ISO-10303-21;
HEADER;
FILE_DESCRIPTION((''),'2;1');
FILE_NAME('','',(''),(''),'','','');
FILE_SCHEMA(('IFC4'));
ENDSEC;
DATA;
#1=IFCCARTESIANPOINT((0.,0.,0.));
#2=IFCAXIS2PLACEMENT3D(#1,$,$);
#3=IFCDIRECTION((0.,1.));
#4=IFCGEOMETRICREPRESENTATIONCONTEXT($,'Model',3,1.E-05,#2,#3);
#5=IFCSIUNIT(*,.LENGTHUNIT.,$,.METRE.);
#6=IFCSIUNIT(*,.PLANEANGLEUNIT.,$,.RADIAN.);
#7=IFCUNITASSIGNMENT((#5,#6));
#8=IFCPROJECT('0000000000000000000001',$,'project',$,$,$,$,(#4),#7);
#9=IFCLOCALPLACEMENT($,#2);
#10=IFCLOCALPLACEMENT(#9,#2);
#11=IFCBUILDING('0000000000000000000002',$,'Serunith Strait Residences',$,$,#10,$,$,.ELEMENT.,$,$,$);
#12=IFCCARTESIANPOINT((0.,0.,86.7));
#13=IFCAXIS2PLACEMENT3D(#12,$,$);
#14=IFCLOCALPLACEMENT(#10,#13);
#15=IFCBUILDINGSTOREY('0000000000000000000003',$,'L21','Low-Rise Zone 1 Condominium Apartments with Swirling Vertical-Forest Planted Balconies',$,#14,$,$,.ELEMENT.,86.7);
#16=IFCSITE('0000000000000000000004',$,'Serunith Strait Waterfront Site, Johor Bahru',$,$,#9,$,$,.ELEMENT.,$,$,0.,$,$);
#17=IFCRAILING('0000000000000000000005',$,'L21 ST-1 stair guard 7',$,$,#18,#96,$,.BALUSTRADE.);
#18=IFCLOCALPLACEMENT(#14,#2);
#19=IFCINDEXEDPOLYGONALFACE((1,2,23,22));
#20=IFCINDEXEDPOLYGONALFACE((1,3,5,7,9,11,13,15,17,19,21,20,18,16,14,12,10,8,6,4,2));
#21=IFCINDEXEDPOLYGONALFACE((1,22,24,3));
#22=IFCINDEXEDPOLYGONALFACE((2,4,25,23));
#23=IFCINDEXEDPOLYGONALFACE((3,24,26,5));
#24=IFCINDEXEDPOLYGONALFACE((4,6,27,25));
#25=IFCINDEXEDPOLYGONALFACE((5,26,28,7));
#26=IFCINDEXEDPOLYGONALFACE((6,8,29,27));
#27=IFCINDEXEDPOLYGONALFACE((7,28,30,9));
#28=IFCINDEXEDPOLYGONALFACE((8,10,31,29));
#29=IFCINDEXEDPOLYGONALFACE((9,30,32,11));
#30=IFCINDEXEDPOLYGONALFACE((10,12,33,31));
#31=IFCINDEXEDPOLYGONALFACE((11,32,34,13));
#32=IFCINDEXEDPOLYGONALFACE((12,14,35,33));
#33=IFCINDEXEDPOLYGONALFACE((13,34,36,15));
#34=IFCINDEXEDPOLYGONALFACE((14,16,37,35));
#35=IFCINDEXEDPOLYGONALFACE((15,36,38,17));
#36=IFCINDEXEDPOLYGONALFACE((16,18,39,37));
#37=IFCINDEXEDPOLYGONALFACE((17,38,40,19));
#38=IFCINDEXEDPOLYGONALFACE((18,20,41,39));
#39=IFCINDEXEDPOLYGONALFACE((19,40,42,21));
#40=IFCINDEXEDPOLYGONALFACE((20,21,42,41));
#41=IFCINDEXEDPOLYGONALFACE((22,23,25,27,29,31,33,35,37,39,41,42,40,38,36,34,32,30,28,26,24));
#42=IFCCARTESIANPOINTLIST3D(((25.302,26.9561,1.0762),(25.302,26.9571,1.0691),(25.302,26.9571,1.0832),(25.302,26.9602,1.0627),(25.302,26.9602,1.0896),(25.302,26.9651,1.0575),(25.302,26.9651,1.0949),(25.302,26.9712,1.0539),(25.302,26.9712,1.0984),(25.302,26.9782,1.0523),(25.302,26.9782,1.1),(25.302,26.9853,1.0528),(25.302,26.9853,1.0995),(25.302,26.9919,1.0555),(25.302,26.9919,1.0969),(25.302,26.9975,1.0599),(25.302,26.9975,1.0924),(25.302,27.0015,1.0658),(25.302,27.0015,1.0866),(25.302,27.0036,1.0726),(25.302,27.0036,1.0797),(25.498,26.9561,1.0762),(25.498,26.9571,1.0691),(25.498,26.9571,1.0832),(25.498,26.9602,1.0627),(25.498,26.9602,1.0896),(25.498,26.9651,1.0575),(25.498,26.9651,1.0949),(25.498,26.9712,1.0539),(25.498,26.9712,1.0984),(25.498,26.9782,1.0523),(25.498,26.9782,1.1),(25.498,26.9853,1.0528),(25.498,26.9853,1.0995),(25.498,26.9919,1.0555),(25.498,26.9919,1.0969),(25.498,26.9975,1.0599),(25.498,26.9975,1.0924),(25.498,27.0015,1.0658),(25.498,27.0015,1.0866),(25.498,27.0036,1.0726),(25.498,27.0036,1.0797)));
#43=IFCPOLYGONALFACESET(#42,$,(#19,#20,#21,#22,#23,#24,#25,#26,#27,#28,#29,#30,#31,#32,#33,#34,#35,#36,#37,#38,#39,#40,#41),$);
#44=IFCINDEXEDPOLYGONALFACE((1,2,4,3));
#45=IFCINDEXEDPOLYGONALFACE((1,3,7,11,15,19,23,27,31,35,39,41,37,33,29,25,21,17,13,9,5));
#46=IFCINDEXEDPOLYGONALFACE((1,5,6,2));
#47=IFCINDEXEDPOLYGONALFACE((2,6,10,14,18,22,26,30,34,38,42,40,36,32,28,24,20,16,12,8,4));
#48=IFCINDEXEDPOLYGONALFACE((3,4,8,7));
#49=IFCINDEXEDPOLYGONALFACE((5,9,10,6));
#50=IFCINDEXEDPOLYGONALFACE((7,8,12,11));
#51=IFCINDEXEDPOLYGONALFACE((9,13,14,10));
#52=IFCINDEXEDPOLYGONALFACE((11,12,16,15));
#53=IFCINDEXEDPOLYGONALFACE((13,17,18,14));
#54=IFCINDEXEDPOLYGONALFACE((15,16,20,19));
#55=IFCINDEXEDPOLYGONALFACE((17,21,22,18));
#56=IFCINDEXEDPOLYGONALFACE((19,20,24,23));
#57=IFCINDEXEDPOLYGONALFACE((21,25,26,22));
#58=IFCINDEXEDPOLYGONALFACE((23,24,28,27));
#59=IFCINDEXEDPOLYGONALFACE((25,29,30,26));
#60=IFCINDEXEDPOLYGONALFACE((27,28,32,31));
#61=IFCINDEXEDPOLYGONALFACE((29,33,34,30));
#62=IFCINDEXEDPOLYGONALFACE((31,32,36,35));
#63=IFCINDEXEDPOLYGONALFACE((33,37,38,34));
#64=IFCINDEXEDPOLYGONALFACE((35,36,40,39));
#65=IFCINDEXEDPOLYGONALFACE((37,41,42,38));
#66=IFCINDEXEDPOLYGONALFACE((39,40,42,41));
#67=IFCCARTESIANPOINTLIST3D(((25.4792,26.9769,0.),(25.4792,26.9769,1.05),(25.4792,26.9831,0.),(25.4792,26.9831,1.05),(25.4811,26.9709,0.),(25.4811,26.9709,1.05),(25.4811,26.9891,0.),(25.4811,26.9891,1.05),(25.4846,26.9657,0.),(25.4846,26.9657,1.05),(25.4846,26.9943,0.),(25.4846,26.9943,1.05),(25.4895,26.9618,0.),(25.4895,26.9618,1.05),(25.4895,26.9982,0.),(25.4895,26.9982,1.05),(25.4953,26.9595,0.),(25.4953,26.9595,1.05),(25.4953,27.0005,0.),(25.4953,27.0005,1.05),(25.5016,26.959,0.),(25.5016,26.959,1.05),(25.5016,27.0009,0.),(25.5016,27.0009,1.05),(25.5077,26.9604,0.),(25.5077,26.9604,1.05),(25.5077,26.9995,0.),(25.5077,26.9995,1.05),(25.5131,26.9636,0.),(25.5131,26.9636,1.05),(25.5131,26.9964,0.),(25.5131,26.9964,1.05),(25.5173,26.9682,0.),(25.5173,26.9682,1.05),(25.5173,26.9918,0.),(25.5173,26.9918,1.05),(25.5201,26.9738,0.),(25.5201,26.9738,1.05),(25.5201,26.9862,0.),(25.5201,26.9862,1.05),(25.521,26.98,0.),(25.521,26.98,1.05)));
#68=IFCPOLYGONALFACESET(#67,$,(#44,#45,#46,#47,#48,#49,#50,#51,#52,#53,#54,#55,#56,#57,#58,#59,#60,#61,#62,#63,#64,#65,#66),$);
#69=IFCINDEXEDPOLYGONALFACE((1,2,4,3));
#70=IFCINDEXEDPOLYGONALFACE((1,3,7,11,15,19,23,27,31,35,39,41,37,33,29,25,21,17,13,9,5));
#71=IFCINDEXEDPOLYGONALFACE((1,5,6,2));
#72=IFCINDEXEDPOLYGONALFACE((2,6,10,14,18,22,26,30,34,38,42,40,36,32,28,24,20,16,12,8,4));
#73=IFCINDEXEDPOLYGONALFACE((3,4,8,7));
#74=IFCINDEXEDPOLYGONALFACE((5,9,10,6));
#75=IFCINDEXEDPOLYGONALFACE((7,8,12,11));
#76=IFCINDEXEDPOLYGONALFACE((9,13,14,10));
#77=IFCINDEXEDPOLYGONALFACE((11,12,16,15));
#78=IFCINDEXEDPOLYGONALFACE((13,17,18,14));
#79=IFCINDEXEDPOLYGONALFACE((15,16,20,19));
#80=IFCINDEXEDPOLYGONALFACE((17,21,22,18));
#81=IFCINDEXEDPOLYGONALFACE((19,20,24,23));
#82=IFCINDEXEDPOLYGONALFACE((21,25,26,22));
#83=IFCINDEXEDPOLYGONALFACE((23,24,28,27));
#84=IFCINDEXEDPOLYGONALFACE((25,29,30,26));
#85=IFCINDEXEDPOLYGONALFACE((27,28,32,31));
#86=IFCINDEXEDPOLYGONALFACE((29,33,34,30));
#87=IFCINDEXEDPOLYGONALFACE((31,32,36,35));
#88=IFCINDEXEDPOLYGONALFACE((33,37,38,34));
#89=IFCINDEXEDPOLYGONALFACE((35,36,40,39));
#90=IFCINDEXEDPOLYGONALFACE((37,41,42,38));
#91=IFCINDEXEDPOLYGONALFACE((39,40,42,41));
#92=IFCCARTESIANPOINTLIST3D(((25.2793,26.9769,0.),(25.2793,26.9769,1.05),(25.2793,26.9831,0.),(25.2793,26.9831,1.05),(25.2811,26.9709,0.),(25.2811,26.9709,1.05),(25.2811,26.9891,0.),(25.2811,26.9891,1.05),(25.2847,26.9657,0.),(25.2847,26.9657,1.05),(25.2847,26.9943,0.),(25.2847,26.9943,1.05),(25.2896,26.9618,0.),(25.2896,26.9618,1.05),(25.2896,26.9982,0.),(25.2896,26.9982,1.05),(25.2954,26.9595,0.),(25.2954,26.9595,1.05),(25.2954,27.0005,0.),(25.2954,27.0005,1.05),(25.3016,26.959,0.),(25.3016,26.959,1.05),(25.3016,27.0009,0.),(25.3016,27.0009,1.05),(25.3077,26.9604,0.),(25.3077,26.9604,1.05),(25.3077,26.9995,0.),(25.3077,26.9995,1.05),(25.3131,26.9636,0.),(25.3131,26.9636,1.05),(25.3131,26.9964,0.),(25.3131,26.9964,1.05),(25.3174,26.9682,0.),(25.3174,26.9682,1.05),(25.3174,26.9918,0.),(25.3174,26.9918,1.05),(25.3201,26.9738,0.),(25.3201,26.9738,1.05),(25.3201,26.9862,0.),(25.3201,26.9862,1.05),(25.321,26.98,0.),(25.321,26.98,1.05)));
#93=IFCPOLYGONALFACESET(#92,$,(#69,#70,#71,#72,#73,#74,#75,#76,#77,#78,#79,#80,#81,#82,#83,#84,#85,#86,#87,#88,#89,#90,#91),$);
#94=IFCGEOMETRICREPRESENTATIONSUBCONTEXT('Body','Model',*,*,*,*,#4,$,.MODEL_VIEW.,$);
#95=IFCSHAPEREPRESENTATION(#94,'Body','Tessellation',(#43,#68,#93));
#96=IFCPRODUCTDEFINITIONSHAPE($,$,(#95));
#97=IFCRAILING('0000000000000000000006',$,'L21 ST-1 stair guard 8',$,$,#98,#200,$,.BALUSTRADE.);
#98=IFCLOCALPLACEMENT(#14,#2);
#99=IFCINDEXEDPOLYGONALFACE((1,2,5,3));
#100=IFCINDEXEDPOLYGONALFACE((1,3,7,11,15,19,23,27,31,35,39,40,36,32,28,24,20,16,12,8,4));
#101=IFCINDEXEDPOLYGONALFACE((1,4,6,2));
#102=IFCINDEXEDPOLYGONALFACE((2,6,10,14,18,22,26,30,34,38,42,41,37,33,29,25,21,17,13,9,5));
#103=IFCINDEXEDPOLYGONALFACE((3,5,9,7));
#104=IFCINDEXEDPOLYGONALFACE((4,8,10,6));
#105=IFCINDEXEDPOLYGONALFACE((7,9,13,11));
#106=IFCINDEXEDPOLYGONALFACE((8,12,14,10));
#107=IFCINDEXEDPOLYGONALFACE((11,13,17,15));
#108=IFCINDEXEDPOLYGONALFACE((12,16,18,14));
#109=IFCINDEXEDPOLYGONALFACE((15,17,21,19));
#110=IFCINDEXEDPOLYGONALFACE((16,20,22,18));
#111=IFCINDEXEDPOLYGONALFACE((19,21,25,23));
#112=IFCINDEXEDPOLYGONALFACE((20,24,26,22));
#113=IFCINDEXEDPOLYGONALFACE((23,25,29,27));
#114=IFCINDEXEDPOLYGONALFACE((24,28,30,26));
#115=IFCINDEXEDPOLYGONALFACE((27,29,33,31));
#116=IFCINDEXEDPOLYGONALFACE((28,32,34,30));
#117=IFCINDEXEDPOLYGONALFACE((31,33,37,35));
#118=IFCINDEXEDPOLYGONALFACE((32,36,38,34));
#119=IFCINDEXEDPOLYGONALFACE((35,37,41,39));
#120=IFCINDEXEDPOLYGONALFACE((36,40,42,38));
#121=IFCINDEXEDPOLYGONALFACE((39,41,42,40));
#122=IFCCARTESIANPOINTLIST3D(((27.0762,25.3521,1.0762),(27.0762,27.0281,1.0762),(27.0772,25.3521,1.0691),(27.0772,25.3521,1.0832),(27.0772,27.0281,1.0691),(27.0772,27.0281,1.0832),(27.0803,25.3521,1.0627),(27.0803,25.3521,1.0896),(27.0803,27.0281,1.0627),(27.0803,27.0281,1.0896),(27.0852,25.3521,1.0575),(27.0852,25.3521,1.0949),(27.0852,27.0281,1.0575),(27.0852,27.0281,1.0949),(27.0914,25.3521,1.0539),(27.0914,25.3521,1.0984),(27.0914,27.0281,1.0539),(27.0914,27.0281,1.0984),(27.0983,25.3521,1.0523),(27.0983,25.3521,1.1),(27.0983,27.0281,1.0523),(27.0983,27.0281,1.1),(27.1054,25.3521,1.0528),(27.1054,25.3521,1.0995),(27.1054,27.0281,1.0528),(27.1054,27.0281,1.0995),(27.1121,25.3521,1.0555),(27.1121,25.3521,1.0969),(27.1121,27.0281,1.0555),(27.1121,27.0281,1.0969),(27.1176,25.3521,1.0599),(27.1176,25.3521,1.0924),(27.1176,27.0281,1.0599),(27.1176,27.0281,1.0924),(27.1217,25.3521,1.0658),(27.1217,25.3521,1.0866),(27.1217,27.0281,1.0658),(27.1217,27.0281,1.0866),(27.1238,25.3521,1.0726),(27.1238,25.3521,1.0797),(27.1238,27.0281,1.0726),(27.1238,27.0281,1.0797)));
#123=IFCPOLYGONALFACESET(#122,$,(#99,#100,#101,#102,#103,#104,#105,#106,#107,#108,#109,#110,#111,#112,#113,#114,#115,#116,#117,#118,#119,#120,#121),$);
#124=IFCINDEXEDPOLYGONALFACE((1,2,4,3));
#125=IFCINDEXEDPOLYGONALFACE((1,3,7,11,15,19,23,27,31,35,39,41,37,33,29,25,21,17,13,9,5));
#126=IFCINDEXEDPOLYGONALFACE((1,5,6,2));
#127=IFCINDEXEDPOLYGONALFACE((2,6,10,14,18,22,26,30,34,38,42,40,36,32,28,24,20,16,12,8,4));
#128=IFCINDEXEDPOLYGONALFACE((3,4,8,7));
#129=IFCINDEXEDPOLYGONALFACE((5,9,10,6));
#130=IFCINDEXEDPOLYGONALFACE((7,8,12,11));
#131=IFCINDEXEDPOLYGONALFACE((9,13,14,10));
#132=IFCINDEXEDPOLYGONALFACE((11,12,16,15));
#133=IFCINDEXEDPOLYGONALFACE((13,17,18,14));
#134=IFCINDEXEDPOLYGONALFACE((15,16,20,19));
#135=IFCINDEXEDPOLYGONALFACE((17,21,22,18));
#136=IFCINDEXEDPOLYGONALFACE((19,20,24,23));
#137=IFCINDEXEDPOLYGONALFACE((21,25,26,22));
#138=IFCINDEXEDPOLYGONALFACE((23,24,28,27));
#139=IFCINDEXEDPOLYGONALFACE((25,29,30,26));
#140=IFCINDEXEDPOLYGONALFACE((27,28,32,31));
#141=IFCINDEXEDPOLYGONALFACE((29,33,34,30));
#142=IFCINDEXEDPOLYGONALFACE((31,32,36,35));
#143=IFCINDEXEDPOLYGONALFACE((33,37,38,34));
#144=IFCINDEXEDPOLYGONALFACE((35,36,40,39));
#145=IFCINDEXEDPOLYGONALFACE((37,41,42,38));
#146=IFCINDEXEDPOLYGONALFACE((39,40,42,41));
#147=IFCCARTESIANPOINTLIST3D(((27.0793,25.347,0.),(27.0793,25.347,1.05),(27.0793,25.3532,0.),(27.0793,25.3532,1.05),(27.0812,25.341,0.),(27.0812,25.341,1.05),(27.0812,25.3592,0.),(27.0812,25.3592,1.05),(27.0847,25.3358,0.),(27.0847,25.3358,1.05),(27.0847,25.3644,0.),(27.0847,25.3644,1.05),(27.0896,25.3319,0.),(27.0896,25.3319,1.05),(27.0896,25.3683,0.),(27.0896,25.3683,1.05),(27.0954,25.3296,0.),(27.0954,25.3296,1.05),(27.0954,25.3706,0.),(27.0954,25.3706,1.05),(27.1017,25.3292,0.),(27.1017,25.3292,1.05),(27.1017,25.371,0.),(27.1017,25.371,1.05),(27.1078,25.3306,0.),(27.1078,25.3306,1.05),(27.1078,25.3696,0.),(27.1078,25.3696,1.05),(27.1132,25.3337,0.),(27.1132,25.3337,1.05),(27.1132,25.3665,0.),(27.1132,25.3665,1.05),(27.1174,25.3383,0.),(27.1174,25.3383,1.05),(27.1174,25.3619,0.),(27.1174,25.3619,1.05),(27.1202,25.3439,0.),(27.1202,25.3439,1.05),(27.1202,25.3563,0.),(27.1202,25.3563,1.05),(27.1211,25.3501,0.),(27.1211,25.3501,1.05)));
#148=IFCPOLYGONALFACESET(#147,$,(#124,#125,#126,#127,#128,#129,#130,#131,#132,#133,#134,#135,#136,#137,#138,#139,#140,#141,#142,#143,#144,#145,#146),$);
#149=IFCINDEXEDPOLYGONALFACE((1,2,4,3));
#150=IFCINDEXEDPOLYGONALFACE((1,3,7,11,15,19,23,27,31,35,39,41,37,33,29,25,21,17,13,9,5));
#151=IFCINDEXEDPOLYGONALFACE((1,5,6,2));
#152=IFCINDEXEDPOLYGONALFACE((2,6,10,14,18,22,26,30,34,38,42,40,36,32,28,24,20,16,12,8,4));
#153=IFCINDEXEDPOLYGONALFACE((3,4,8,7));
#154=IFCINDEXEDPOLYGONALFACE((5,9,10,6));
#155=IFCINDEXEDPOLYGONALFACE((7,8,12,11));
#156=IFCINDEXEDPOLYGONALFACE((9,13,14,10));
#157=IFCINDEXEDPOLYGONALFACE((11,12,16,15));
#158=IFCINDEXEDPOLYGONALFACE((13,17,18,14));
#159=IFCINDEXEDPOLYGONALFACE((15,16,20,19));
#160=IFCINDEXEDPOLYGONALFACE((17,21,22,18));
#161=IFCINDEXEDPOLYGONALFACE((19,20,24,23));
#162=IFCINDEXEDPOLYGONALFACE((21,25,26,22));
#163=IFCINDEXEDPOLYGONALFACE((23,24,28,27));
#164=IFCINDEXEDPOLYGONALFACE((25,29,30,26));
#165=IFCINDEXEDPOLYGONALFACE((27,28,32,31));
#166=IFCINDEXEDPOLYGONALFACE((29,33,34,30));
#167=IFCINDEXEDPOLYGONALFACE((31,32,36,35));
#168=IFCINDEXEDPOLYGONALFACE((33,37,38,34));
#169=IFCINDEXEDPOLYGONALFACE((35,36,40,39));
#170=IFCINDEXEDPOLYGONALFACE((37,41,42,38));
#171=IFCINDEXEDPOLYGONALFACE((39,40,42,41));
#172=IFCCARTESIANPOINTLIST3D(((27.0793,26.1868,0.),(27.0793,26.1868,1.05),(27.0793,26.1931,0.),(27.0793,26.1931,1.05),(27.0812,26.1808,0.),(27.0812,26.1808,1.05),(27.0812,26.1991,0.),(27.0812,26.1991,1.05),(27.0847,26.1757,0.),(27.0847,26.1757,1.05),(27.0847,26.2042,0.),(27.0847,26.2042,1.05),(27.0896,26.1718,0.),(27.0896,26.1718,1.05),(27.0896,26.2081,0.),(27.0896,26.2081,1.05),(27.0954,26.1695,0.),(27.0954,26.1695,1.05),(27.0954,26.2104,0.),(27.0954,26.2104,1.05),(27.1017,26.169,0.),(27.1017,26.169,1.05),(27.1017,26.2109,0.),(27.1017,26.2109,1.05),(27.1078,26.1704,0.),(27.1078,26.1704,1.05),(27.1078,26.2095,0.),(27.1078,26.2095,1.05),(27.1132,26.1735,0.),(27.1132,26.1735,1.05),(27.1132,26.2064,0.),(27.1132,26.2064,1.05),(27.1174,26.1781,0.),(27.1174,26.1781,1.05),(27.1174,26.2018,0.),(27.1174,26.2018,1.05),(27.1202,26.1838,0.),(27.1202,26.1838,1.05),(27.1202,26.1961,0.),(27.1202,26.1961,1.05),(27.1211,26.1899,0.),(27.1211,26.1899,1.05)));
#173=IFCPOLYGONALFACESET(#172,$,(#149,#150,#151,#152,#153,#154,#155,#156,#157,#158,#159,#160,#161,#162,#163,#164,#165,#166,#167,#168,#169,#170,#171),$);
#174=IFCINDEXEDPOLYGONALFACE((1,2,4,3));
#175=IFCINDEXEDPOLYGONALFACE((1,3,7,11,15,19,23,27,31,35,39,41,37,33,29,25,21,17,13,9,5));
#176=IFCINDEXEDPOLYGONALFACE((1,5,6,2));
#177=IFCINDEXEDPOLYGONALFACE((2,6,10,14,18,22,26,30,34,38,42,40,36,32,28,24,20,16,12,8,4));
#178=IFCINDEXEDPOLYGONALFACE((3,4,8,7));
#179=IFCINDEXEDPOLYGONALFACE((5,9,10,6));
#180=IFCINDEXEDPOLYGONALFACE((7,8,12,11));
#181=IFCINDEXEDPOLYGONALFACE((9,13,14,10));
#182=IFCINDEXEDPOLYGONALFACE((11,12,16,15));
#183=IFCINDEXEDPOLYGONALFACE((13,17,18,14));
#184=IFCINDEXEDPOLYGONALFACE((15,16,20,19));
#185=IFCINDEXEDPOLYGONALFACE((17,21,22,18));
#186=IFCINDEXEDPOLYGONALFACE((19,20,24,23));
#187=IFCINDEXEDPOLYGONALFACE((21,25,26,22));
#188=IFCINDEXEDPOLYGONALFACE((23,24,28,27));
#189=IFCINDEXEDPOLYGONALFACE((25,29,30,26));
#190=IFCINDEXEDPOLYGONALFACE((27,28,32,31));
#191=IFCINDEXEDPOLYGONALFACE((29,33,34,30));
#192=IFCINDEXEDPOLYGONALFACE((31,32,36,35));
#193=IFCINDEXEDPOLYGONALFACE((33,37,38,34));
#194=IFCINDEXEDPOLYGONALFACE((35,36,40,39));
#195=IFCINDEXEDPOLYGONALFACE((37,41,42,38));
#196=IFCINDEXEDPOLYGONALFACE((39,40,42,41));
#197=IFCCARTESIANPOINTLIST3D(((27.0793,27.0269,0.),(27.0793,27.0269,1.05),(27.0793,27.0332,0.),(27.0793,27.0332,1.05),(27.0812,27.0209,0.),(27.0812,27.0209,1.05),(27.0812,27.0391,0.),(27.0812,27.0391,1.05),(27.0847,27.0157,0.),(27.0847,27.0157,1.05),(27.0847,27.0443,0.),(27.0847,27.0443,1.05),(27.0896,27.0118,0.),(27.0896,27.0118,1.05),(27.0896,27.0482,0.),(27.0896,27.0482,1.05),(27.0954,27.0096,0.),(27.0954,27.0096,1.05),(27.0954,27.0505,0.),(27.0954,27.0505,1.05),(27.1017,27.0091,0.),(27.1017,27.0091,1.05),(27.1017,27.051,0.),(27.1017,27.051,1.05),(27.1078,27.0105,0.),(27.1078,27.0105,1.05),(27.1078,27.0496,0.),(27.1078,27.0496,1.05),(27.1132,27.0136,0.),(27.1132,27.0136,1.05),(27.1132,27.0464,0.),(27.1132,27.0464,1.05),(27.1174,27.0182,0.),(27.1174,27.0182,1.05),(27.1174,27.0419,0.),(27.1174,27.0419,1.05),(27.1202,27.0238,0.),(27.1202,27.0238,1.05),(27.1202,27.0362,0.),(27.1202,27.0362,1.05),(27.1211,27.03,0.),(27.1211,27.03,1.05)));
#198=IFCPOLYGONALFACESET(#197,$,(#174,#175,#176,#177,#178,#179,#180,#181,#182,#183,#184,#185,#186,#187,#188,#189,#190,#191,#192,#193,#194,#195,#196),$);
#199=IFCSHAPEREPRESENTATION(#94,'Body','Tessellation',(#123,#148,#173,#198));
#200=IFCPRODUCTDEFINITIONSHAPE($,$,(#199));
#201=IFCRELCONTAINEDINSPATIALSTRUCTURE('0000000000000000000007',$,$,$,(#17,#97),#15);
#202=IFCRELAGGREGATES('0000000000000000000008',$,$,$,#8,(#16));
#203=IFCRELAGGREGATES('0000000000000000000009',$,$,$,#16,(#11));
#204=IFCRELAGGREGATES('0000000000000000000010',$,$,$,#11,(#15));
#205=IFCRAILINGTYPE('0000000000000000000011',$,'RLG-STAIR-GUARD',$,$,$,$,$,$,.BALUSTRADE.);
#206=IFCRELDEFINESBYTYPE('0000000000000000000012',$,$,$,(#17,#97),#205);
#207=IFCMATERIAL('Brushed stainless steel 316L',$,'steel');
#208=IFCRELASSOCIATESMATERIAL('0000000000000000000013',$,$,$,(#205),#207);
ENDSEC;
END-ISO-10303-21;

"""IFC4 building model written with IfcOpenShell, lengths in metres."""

from ifc_helpers import new_model, si_unit, direction, frame, origin, origin_2d, place, context, subcontext, project, spatial, circle, extrude, material, type_object, element, save


model = new_model("IFC4")

# Units and contexts
model_context = context("Model", 3, precision=1e-05, world=origin(), true_north=direction((0.0, 1.0)))
body_context = subcontext(model_context, "Body", "Model", "MODEL_VIEW")
ifc_project = project(units=[si_unit("LENGTHUNIT", "METRE"), si_unit("PLANEANGLEUNIT", "RADIAN")], contexts=[model_context])

# Site, building, storey
site_placement = place(None, origin())
site = spatial("IfcSite", under=ifc_project, at=site_placement, Name="Serunith Strait Waterfront Site, Johor Bahru", CompositionType="ELEMENT", RefElevation=0.0)
building_placement = place(site_placement, origin())
building = spatial("IfcBuilding", under=site, at=building_placement, Name="Serunith Strait Residences", CompositionType="ELEMENT")
storey_placement = place(building_placement, frame((0.0, 0.0, 86.7)))
storey = spatial("IfcBuildingStorey", under=building, at=storey_placement, Name="L21", Description="Low-Rise Zone 1 Condominium Apartments with Swirling Vertical-Forest Planted Balconies", CompositionType="ELEMENT", Elevation=86.7)

# Railings
ifc_material_1 = material(Name="Brushed stainless steel 316L", Category="steel")
railing_type_1 = type_object("IfcRailingType", Name="RLG-STAIR-GUARD", PredefinedType="BALUSTRADE", material=ifc_material_1)
railing_1_placement = place(storey_placement, frame((25.5, 26.98, 0.0)))
element("IfcRailing", 1, at=railing_1_placement, inside=storey, type_object=railing_type_1, Name="L21 ST-1 stair guard 7", PredefinedType="BALUSTRADE", context=body_context, shape_type="SweptSolid", body=[
    extrude(circle(Radius=0.0239, at=origin_2d()), frame((-0.002, 0.0, 1.0762), z_axis=(-1.0, 0.0, 0.0), x_axis=(0.0, -1.0, 0.0)), (0.0, 0.0, 1.0), 0.196),
    extrude(circle(Radius=0.021, at=origin_2d()), origin(), (0.0, 0.0, 1.0), 1.05),
    extrude(circle(Radius=0.021, at=origin_2d()), frame((-0.2, 0.0, 0.0)), (0.0, 0.0, 1.0), 1.05),
])
for number, where, name in (
    (2, (27.1001, 25.3501, 0.0), "L21 ST-1 stair guard 8"),
):
    element("IfcRailing", number, at=place(storey_placement, frame(where)), inside=storey, type_object=railing_type_1, Name=name, PredefinedType="BALUSTRADE", context=body_context, shape_type="SweptSolid", body=[
        extrude(circle(Radius=0.0239, at=origin_2d()), frame((0.0, 0.002, 1.0762), z_axis=(0.0, 1.0, 0.0), x_axis=(-1.0, 0.0, 0.0)), (0.0, 0.0, 1.0), 1.676),
        extrude(circle(Radius=0.021, at=origin_2d()), origin(), (0.0, 0.0, 1.0), 1.05),
        extrude(circle(Radius=0.021, at=origin_2d()), frame((0.0, 0.8398, 0.0)), (0.0, 0.0, 1.0), 1.05),
        extrude(circle(Radius=0.021, at=origin_2d()), frame((0.0, 1.6799, 0.0)), (0.0, 0.0, 1.0), 1.05),
    ])

save(model, "model.ifc")
